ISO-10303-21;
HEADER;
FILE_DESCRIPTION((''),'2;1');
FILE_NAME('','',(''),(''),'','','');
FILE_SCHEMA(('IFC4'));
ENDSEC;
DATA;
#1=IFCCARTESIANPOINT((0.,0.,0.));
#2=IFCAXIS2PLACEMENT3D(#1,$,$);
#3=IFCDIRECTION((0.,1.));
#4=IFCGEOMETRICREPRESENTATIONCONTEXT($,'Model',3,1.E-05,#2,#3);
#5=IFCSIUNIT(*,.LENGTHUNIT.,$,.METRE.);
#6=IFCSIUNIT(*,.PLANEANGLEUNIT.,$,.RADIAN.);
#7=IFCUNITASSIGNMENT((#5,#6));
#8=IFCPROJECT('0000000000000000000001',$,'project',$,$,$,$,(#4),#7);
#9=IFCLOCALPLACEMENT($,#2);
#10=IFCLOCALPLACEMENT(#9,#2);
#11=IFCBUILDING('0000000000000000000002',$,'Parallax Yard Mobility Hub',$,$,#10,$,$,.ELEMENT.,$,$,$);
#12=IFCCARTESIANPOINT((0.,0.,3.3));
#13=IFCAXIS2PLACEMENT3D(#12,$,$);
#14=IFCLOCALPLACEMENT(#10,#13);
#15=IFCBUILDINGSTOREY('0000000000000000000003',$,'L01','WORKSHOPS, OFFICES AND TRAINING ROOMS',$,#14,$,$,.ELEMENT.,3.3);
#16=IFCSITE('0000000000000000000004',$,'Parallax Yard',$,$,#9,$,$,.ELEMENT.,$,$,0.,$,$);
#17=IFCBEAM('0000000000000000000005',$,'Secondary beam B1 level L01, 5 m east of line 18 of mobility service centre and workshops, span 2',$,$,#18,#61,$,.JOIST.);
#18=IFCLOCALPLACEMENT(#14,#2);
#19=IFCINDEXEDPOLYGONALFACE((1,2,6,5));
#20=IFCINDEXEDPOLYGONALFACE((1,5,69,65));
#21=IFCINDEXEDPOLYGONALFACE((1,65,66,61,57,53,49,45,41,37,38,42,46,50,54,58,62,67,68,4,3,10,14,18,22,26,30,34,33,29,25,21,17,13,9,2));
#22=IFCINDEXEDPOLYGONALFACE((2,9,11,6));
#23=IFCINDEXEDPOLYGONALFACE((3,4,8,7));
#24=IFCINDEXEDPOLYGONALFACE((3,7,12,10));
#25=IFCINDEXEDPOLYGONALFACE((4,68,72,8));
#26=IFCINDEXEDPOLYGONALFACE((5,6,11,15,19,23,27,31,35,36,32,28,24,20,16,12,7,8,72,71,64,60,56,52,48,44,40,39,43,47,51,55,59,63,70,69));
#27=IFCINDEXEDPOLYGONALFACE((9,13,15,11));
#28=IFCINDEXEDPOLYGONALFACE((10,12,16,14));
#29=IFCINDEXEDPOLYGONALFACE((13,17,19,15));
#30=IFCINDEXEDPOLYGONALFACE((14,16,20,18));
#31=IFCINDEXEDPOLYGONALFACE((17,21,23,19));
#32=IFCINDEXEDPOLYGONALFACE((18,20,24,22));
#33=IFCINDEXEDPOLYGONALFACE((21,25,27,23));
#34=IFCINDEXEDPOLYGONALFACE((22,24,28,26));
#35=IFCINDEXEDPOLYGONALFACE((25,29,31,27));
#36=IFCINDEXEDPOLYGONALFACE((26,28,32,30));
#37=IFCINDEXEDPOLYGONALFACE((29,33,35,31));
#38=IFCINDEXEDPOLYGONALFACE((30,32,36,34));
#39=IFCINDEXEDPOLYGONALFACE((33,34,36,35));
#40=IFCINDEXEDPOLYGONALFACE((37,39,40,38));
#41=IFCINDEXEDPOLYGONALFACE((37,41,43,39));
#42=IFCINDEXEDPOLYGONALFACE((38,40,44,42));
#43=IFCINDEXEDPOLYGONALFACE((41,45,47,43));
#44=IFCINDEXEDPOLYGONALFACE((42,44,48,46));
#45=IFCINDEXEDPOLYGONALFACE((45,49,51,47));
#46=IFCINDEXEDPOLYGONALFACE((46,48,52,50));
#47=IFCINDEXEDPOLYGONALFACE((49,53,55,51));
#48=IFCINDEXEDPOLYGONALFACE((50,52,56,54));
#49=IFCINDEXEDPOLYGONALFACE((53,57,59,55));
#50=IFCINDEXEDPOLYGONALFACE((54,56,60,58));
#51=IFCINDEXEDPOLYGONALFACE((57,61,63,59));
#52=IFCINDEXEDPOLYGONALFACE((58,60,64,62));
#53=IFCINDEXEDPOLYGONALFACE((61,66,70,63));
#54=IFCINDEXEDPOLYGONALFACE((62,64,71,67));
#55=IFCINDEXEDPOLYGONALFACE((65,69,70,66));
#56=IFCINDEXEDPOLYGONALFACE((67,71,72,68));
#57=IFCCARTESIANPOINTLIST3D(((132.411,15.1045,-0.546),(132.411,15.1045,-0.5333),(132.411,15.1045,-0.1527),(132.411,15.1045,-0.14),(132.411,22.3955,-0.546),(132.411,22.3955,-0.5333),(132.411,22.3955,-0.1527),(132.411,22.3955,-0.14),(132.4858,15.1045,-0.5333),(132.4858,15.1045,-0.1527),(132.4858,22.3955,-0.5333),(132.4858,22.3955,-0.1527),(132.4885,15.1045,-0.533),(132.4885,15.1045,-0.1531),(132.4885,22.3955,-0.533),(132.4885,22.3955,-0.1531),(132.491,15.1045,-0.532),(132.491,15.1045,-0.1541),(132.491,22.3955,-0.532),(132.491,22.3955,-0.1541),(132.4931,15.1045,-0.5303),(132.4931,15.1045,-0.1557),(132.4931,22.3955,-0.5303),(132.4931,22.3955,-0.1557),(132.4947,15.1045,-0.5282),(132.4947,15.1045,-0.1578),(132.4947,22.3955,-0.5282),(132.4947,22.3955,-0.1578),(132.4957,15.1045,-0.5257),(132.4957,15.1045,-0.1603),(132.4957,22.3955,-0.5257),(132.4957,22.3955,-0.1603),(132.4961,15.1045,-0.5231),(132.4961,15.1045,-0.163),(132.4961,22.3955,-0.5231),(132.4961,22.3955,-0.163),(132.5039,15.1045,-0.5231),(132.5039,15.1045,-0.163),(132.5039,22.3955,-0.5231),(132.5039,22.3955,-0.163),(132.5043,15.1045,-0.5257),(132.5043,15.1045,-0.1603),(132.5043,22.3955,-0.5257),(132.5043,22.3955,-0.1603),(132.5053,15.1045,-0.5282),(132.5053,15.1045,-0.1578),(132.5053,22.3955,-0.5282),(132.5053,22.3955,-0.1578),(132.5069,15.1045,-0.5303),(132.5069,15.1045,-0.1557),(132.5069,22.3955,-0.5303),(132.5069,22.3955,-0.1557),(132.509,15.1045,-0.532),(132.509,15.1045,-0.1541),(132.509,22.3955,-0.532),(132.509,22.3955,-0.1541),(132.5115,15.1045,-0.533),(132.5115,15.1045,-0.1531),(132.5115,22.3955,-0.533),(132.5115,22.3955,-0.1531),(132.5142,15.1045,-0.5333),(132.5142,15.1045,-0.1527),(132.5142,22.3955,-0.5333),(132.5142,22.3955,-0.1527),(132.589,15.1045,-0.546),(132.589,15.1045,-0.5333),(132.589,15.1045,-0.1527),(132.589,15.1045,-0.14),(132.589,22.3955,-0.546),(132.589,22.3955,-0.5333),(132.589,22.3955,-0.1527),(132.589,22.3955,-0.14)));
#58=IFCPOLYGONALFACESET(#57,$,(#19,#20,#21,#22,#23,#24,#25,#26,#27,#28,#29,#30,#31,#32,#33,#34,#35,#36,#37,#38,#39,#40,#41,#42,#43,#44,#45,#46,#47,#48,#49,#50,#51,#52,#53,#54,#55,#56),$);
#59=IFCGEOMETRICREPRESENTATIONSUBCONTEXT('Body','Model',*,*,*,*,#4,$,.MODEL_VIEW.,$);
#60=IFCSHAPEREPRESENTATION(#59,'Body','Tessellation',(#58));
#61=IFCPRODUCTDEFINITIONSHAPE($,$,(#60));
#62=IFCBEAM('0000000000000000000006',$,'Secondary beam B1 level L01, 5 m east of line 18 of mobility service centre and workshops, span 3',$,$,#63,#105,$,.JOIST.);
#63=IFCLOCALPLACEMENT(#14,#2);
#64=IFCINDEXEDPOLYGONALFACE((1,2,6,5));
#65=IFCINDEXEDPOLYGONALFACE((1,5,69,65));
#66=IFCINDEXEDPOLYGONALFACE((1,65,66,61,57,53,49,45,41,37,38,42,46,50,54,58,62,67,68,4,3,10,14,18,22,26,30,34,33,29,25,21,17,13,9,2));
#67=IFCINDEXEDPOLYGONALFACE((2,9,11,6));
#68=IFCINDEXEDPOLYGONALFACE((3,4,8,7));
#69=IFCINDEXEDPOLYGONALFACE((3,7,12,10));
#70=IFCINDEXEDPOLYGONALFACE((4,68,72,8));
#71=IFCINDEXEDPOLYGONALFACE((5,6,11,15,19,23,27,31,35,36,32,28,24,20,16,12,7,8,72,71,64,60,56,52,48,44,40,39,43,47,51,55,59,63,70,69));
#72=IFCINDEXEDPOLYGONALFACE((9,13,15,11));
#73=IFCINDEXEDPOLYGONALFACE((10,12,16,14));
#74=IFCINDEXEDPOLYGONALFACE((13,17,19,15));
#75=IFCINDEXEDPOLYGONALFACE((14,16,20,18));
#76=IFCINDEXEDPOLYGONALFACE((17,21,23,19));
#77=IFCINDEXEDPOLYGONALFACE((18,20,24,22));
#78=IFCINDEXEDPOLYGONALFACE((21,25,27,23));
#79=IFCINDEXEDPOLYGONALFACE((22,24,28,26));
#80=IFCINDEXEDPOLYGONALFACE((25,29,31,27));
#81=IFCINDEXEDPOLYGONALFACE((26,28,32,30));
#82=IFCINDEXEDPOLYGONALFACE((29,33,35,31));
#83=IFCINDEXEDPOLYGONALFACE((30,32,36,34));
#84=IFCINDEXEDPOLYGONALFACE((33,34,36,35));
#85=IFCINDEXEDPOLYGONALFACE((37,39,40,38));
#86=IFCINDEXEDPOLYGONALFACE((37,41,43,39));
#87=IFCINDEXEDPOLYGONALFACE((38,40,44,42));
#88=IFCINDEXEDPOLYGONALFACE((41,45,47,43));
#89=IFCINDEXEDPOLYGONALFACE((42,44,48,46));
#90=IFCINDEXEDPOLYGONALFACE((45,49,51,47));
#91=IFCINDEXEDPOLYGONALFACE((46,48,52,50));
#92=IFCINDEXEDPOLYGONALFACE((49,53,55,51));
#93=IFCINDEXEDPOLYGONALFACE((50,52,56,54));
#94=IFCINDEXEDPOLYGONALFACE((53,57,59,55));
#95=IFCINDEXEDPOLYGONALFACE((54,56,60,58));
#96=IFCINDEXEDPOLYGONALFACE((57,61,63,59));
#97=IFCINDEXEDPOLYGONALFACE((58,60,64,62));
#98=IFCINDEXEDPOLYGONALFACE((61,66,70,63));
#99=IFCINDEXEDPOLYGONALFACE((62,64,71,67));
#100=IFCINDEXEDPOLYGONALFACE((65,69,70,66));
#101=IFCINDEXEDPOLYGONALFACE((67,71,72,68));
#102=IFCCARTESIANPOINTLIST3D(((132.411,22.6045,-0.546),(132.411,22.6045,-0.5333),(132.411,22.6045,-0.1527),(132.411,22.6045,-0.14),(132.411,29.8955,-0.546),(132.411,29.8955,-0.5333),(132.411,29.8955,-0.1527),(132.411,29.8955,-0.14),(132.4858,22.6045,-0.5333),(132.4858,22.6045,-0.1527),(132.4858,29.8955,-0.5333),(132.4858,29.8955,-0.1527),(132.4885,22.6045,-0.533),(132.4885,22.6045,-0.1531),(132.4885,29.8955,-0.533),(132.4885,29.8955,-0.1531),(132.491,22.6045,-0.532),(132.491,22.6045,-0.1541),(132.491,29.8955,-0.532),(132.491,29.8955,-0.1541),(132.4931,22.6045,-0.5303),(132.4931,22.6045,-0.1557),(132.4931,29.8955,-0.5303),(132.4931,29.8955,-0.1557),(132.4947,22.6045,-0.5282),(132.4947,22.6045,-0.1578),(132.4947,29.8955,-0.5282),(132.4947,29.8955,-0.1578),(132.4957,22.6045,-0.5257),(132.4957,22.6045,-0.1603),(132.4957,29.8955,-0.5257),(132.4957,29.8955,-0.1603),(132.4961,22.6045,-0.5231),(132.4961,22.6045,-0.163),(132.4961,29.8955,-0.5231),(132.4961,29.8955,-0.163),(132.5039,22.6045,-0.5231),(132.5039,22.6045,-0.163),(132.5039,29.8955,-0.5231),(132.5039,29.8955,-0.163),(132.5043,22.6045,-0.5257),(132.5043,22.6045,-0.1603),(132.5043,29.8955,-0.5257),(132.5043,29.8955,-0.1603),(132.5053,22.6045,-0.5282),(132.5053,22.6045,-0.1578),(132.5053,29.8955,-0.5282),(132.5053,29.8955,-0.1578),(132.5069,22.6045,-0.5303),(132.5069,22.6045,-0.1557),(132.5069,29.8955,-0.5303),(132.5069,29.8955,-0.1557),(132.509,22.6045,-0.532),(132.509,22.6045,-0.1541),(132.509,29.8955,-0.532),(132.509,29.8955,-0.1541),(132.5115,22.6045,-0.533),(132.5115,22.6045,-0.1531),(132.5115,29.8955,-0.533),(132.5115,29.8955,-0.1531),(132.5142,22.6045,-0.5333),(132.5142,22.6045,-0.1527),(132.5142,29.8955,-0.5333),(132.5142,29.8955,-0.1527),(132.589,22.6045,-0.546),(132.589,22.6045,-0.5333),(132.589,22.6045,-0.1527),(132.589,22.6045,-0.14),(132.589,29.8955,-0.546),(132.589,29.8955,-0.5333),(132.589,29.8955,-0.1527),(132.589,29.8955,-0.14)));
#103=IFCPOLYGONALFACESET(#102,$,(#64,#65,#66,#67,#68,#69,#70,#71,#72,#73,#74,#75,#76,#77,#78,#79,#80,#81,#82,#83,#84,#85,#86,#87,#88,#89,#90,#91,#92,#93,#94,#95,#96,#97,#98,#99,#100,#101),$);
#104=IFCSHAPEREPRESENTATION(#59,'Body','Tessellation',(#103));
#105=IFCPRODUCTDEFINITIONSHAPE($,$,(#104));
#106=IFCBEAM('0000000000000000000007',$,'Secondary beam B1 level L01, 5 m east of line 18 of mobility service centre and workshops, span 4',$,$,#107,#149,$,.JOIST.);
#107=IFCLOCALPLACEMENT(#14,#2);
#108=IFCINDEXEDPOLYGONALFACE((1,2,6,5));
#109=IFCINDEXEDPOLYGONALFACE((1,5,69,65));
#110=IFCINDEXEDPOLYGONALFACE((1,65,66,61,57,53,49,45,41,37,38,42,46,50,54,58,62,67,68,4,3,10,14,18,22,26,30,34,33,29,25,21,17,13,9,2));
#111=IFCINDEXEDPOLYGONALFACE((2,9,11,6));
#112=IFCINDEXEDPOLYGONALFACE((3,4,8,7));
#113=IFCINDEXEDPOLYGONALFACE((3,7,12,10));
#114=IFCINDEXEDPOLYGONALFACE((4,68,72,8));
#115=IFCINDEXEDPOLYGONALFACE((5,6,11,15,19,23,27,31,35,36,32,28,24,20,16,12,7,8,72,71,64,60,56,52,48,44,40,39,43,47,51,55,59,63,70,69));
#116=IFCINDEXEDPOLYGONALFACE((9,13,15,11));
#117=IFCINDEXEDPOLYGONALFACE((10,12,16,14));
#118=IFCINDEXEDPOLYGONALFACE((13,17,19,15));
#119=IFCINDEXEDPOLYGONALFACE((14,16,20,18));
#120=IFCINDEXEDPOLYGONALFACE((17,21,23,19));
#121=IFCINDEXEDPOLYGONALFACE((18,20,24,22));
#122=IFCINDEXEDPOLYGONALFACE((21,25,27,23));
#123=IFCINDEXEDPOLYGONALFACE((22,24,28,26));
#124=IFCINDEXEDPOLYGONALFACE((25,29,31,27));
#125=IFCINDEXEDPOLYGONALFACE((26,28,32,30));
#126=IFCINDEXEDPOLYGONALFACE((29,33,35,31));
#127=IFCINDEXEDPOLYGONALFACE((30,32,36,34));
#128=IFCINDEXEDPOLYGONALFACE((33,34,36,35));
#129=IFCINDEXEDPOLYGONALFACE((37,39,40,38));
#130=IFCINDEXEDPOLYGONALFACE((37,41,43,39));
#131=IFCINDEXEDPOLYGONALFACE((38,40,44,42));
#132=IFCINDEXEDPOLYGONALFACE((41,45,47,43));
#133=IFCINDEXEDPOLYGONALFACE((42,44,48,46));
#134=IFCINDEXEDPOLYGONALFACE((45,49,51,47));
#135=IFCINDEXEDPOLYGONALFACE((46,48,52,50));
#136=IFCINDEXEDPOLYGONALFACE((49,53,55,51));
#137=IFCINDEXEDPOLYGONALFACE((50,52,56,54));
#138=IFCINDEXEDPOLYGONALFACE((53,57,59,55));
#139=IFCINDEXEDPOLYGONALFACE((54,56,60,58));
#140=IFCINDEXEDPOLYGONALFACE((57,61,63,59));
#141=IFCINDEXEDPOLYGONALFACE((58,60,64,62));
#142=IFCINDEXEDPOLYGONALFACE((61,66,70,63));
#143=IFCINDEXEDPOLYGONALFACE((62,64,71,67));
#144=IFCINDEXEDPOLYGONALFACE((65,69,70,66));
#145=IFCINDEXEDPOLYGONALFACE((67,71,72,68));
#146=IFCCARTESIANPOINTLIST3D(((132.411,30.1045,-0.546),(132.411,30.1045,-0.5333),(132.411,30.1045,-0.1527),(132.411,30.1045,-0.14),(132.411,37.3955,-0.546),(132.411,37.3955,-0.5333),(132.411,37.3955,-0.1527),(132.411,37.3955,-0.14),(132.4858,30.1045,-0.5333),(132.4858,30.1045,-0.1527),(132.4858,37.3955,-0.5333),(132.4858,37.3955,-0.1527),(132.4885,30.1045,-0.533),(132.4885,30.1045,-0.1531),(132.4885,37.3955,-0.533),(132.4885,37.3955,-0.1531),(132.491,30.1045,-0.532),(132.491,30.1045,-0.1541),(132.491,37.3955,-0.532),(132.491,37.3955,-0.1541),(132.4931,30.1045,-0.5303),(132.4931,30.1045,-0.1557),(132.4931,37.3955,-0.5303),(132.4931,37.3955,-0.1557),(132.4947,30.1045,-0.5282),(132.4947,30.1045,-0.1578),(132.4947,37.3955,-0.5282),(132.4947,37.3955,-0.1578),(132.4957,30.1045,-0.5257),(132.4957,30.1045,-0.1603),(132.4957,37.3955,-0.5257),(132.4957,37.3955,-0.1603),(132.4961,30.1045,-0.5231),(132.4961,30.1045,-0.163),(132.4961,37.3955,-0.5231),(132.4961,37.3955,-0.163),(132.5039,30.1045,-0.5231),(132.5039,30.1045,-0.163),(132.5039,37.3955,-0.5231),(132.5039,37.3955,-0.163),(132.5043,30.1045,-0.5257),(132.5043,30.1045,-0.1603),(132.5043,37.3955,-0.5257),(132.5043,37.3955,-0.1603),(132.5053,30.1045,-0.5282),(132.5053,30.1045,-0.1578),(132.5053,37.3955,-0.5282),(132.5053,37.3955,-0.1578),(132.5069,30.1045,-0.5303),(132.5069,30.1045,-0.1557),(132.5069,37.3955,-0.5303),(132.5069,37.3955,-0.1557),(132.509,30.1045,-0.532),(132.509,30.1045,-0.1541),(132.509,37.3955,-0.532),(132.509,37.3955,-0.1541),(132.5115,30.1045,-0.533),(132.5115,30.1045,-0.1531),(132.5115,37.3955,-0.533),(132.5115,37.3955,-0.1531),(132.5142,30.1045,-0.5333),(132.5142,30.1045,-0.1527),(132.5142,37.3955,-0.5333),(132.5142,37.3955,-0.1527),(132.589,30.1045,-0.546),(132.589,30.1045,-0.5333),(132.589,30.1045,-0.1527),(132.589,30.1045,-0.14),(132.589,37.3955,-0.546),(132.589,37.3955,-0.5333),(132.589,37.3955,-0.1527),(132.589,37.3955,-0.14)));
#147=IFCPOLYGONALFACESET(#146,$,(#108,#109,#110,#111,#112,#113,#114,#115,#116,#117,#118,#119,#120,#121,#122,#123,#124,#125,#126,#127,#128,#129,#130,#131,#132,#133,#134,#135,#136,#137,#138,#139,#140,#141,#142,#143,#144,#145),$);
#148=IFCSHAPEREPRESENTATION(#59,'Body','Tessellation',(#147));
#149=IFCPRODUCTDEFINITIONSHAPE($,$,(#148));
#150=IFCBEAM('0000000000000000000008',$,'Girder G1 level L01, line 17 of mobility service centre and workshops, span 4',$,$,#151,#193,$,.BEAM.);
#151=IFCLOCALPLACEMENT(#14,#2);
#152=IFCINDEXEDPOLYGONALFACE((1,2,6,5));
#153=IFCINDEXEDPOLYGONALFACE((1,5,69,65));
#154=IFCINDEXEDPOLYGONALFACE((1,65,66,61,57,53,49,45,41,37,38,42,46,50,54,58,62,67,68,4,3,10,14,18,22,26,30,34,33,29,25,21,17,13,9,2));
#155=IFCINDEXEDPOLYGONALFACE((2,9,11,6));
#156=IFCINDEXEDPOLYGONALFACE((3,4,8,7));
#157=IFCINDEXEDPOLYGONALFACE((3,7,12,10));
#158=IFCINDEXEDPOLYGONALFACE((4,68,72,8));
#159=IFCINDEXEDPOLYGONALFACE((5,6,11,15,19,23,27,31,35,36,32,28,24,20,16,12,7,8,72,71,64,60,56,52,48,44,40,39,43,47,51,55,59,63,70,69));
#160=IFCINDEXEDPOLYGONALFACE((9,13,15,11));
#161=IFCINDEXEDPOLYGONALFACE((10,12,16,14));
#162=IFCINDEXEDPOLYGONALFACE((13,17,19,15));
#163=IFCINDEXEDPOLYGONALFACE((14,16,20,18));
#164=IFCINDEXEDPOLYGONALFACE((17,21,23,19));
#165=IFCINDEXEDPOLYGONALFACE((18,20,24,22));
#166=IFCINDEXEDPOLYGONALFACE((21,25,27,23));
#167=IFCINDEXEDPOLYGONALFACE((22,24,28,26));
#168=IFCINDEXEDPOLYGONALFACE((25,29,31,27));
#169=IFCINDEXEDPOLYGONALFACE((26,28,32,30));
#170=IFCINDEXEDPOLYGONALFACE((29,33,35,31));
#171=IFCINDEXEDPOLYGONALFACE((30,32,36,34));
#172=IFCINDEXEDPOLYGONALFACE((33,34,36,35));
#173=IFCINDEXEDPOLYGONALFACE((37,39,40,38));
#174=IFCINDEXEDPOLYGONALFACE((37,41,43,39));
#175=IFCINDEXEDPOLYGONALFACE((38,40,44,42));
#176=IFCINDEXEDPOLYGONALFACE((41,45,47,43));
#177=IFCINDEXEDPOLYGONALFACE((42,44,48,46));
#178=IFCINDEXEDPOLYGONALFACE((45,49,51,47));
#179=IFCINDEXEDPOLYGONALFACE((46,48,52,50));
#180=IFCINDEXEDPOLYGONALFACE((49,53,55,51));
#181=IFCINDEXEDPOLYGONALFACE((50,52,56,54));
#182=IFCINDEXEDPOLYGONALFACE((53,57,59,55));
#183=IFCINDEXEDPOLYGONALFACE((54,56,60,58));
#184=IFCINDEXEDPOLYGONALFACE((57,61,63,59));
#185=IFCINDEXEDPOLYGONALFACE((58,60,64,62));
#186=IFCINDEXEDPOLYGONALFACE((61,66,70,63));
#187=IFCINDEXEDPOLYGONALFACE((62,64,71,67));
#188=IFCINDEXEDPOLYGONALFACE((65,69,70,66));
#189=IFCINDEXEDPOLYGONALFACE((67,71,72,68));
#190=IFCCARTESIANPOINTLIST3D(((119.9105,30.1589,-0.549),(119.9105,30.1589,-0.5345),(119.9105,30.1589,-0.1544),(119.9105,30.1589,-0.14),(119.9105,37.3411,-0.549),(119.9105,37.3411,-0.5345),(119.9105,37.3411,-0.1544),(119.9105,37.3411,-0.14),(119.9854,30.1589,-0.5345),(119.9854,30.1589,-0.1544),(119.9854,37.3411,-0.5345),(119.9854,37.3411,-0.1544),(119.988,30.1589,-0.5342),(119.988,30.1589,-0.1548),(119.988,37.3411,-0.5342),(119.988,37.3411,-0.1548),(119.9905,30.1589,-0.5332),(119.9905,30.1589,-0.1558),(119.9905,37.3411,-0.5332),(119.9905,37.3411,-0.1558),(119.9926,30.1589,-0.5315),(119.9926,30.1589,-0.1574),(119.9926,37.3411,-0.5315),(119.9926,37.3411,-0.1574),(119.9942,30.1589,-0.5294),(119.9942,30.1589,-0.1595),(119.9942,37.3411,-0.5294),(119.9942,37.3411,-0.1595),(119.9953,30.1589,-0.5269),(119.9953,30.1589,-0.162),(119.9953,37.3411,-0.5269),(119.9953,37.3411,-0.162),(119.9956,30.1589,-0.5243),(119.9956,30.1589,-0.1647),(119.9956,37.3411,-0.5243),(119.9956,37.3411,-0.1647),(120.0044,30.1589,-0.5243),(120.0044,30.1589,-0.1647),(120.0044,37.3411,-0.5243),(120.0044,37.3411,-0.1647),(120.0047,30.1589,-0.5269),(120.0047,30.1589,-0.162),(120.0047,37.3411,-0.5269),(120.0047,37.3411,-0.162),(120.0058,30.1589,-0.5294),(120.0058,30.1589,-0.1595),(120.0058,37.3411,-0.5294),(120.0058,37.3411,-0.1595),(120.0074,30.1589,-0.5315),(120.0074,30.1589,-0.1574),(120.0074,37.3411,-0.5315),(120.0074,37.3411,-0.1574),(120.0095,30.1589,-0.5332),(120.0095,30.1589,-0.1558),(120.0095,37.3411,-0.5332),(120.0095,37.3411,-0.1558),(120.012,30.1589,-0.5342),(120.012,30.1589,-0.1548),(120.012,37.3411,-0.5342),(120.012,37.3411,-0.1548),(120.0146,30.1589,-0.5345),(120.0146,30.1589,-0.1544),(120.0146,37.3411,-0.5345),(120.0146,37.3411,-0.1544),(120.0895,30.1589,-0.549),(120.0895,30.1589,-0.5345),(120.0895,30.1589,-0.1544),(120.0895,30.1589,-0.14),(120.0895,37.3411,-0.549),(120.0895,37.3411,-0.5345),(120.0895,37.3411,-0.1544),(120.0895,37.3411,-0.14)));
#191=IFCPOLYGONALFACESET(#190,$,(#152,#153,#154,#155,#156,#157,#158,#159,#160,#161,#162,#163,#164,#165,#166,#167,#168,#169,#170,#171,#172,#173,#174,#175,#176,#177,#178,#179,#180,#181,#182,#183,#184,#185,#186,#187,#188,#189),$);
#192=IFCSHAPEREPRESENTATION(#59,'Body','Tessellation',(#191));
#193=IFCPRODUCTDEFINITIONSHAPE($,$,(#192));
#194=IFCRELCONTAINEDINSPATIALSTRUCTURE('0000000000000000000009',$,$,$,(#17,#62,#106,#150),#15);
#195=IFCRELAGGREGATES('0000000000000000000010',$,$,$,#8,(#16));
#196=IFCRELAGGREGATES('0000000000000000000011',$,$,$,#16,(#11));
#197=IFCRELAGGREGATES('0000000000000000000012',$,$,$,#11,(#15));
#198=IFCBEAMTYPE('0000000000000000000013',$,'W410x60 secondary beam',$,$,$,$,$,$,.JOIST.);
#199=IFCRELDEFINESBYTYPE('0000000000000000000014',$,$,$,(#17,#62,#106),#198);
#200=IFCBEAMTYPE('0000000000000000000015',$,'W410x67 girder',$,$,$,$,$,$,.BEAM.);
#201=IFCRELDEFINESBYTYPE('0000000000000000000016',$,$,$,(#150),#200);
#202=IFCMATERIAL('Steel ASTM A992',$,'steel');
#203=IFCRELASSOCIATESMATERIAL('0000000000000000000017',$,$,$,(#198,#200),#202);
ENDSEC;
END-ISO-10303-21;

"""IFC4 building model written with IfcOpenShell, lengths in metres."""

from ifc_helpers import new_model, si_unit, direction, frame, origin, origin_2d, place, context, subcontext, project, spatial, i_section, extrude, material, material_profile, profile_set, type_object, element, save


model = new_model("IFC4")

# Units and contexts
model_context = context("Model", 3, precision=1e-05, world=origin(), true_north=direction((0.0, 1.0)))
body_context = subcontext(model_context, "Body", "Model", "MODEL_VIEW")
ifc_project = project(units=[si_unit("LENGTHUNIT", "METRE"), si_unit("PLANEANGLEUNIT", "RADIAN")], contexts=[model_context])

# Site, building, storey
site_placement = place(None, origin())
site = spatial("IfcSite", under=ifc_project, at=site_placement, Name="Parallax Yard", CompositionType="ELEMENT", RefElevation=0.0)
building_placement = place(site_placement, origin())
building = spatial("IfcBuilding", under=site, at=building_placement, Name="Parallax Yard Mobility Hub", CompositionType="ELEMENT")
storey_placement = place(building_placement, frame((0.0, 0.0, 3.3)))
storey = spatial("IfcBuildingStorey", under=building, at=storey_placement, Name="L01", Description="WORKSHOPS, OFFICES AND TRAINING ROOMS", CompositionType="ELEMENT", Elevation=3.3)

# Shared definitions
ifc_material_1 = material(Name="Steel ASTM A992", Category="steel")

# Beams
ifc_material_profile_1 = material_profile(ifc_material_1, i_section(OverallWidth=0.178, OverallDepth=0.406, WebThickness=0.0078, FlangeThickness=0.0127, FilletRadius=0.0103, at=origin_2d()), Name="W410x60")
ifc_profile_set_1 = profile_set([ifc_material_profile_1], Name="Steel ASTM A992")
beam_type_1 = type_object("IfcBeamType", Name="W410x60 secondary beam", PredefinedType="JOIST", material=ifc_profile_set_1)
for number, where, z_axis, x_axis, name in (
    (1, (132.5, 15.1045, -0.343), (0.0, 1.0, 0.0), (-1.0, 0.0, 0.0), "Secondary beam B1 level L01, 5 m east of line 18 of mobility service centre and workshops, span 2"),
    (2, (132.5, 22.6045, -0.343), (0.0, 1.0, 0.0), (-1.0, 0.0, 0.0), "Secondary beam B1 level L01, 5 m east of line 18 of mobility service centre and workshops, span 3"),
    (3, (132.5, 30.1045, -0.343), (0.0, 1.0, 0.0), (-1.0, 0.0, 0.0), "Secondary beam B1 level L01, 5 m east of line 18 of mobility service centre and workshops, span 4"),
):
    element("IfcBeam", number, at=place(storey_placement, frame(where, z_axis=z_axis, x_axis=x_axis)), inside=storey, type_object=beam_type_1, Name=name, PredefinedType="JOIST", context=body_context, shape_type="SweptSolid", body=[
        extrude(i_section(OverallWidth=0.178, OverallDepth=0.406, WebThickness=0.0078, FlangeThickness=0.0127, FilletRadius=0.0103, at=origin_2d()), origin(), (0.0, 0.0, 1.0), 7.291),
    ])
ifc_material_profile_2 = material_profile(ifc_material_1, i_section(OverallWidth=0.179, OverallDepth=0.4089, WebThickness=0.0088, FlangeThickness=0.0144, FilletRadius=0.0103, at=origin_2d()), Name="W410x67")
ifc_profile_set_2 = profile_set([ifc_material_profile_2], Name="Steel ASTM A992")
beam_type_2 = type_object("IfcBeamType", Name="W410x67 girder", PredefinedType="BEAM", material=ifc_profile_set_2)
for number, where, z_axis, x_axis, name in (
    (4, (120.0, 30.1589, -0.3445), (0.0, 1.0, 0.0), (-1.0, 0.0, 0.0), "Girder G1 level L01, line 17 of mobility service centre and workshops, span 4"),
):
    element("IfcBeam", number, at=place(storey_placement, frame(where, z_axis=z_axis, x_axis=x_axis)), inside=storey, type_object=beam_type_2, Name=name, PredefinedType="BEAM", context=body_context, shape_type="SweptSolid", body=[
        extrude(i_section(OverallWidth=0.179, OverallDepth=0.4089, WebThickness=0.0088, FlangeThickness=0.0144, FilletRadius=0.0103, at=origin_2d()), origin(), (0.0, 0.0, 1.0), 7.1821),
    ])

save(model, "model.ifc")
